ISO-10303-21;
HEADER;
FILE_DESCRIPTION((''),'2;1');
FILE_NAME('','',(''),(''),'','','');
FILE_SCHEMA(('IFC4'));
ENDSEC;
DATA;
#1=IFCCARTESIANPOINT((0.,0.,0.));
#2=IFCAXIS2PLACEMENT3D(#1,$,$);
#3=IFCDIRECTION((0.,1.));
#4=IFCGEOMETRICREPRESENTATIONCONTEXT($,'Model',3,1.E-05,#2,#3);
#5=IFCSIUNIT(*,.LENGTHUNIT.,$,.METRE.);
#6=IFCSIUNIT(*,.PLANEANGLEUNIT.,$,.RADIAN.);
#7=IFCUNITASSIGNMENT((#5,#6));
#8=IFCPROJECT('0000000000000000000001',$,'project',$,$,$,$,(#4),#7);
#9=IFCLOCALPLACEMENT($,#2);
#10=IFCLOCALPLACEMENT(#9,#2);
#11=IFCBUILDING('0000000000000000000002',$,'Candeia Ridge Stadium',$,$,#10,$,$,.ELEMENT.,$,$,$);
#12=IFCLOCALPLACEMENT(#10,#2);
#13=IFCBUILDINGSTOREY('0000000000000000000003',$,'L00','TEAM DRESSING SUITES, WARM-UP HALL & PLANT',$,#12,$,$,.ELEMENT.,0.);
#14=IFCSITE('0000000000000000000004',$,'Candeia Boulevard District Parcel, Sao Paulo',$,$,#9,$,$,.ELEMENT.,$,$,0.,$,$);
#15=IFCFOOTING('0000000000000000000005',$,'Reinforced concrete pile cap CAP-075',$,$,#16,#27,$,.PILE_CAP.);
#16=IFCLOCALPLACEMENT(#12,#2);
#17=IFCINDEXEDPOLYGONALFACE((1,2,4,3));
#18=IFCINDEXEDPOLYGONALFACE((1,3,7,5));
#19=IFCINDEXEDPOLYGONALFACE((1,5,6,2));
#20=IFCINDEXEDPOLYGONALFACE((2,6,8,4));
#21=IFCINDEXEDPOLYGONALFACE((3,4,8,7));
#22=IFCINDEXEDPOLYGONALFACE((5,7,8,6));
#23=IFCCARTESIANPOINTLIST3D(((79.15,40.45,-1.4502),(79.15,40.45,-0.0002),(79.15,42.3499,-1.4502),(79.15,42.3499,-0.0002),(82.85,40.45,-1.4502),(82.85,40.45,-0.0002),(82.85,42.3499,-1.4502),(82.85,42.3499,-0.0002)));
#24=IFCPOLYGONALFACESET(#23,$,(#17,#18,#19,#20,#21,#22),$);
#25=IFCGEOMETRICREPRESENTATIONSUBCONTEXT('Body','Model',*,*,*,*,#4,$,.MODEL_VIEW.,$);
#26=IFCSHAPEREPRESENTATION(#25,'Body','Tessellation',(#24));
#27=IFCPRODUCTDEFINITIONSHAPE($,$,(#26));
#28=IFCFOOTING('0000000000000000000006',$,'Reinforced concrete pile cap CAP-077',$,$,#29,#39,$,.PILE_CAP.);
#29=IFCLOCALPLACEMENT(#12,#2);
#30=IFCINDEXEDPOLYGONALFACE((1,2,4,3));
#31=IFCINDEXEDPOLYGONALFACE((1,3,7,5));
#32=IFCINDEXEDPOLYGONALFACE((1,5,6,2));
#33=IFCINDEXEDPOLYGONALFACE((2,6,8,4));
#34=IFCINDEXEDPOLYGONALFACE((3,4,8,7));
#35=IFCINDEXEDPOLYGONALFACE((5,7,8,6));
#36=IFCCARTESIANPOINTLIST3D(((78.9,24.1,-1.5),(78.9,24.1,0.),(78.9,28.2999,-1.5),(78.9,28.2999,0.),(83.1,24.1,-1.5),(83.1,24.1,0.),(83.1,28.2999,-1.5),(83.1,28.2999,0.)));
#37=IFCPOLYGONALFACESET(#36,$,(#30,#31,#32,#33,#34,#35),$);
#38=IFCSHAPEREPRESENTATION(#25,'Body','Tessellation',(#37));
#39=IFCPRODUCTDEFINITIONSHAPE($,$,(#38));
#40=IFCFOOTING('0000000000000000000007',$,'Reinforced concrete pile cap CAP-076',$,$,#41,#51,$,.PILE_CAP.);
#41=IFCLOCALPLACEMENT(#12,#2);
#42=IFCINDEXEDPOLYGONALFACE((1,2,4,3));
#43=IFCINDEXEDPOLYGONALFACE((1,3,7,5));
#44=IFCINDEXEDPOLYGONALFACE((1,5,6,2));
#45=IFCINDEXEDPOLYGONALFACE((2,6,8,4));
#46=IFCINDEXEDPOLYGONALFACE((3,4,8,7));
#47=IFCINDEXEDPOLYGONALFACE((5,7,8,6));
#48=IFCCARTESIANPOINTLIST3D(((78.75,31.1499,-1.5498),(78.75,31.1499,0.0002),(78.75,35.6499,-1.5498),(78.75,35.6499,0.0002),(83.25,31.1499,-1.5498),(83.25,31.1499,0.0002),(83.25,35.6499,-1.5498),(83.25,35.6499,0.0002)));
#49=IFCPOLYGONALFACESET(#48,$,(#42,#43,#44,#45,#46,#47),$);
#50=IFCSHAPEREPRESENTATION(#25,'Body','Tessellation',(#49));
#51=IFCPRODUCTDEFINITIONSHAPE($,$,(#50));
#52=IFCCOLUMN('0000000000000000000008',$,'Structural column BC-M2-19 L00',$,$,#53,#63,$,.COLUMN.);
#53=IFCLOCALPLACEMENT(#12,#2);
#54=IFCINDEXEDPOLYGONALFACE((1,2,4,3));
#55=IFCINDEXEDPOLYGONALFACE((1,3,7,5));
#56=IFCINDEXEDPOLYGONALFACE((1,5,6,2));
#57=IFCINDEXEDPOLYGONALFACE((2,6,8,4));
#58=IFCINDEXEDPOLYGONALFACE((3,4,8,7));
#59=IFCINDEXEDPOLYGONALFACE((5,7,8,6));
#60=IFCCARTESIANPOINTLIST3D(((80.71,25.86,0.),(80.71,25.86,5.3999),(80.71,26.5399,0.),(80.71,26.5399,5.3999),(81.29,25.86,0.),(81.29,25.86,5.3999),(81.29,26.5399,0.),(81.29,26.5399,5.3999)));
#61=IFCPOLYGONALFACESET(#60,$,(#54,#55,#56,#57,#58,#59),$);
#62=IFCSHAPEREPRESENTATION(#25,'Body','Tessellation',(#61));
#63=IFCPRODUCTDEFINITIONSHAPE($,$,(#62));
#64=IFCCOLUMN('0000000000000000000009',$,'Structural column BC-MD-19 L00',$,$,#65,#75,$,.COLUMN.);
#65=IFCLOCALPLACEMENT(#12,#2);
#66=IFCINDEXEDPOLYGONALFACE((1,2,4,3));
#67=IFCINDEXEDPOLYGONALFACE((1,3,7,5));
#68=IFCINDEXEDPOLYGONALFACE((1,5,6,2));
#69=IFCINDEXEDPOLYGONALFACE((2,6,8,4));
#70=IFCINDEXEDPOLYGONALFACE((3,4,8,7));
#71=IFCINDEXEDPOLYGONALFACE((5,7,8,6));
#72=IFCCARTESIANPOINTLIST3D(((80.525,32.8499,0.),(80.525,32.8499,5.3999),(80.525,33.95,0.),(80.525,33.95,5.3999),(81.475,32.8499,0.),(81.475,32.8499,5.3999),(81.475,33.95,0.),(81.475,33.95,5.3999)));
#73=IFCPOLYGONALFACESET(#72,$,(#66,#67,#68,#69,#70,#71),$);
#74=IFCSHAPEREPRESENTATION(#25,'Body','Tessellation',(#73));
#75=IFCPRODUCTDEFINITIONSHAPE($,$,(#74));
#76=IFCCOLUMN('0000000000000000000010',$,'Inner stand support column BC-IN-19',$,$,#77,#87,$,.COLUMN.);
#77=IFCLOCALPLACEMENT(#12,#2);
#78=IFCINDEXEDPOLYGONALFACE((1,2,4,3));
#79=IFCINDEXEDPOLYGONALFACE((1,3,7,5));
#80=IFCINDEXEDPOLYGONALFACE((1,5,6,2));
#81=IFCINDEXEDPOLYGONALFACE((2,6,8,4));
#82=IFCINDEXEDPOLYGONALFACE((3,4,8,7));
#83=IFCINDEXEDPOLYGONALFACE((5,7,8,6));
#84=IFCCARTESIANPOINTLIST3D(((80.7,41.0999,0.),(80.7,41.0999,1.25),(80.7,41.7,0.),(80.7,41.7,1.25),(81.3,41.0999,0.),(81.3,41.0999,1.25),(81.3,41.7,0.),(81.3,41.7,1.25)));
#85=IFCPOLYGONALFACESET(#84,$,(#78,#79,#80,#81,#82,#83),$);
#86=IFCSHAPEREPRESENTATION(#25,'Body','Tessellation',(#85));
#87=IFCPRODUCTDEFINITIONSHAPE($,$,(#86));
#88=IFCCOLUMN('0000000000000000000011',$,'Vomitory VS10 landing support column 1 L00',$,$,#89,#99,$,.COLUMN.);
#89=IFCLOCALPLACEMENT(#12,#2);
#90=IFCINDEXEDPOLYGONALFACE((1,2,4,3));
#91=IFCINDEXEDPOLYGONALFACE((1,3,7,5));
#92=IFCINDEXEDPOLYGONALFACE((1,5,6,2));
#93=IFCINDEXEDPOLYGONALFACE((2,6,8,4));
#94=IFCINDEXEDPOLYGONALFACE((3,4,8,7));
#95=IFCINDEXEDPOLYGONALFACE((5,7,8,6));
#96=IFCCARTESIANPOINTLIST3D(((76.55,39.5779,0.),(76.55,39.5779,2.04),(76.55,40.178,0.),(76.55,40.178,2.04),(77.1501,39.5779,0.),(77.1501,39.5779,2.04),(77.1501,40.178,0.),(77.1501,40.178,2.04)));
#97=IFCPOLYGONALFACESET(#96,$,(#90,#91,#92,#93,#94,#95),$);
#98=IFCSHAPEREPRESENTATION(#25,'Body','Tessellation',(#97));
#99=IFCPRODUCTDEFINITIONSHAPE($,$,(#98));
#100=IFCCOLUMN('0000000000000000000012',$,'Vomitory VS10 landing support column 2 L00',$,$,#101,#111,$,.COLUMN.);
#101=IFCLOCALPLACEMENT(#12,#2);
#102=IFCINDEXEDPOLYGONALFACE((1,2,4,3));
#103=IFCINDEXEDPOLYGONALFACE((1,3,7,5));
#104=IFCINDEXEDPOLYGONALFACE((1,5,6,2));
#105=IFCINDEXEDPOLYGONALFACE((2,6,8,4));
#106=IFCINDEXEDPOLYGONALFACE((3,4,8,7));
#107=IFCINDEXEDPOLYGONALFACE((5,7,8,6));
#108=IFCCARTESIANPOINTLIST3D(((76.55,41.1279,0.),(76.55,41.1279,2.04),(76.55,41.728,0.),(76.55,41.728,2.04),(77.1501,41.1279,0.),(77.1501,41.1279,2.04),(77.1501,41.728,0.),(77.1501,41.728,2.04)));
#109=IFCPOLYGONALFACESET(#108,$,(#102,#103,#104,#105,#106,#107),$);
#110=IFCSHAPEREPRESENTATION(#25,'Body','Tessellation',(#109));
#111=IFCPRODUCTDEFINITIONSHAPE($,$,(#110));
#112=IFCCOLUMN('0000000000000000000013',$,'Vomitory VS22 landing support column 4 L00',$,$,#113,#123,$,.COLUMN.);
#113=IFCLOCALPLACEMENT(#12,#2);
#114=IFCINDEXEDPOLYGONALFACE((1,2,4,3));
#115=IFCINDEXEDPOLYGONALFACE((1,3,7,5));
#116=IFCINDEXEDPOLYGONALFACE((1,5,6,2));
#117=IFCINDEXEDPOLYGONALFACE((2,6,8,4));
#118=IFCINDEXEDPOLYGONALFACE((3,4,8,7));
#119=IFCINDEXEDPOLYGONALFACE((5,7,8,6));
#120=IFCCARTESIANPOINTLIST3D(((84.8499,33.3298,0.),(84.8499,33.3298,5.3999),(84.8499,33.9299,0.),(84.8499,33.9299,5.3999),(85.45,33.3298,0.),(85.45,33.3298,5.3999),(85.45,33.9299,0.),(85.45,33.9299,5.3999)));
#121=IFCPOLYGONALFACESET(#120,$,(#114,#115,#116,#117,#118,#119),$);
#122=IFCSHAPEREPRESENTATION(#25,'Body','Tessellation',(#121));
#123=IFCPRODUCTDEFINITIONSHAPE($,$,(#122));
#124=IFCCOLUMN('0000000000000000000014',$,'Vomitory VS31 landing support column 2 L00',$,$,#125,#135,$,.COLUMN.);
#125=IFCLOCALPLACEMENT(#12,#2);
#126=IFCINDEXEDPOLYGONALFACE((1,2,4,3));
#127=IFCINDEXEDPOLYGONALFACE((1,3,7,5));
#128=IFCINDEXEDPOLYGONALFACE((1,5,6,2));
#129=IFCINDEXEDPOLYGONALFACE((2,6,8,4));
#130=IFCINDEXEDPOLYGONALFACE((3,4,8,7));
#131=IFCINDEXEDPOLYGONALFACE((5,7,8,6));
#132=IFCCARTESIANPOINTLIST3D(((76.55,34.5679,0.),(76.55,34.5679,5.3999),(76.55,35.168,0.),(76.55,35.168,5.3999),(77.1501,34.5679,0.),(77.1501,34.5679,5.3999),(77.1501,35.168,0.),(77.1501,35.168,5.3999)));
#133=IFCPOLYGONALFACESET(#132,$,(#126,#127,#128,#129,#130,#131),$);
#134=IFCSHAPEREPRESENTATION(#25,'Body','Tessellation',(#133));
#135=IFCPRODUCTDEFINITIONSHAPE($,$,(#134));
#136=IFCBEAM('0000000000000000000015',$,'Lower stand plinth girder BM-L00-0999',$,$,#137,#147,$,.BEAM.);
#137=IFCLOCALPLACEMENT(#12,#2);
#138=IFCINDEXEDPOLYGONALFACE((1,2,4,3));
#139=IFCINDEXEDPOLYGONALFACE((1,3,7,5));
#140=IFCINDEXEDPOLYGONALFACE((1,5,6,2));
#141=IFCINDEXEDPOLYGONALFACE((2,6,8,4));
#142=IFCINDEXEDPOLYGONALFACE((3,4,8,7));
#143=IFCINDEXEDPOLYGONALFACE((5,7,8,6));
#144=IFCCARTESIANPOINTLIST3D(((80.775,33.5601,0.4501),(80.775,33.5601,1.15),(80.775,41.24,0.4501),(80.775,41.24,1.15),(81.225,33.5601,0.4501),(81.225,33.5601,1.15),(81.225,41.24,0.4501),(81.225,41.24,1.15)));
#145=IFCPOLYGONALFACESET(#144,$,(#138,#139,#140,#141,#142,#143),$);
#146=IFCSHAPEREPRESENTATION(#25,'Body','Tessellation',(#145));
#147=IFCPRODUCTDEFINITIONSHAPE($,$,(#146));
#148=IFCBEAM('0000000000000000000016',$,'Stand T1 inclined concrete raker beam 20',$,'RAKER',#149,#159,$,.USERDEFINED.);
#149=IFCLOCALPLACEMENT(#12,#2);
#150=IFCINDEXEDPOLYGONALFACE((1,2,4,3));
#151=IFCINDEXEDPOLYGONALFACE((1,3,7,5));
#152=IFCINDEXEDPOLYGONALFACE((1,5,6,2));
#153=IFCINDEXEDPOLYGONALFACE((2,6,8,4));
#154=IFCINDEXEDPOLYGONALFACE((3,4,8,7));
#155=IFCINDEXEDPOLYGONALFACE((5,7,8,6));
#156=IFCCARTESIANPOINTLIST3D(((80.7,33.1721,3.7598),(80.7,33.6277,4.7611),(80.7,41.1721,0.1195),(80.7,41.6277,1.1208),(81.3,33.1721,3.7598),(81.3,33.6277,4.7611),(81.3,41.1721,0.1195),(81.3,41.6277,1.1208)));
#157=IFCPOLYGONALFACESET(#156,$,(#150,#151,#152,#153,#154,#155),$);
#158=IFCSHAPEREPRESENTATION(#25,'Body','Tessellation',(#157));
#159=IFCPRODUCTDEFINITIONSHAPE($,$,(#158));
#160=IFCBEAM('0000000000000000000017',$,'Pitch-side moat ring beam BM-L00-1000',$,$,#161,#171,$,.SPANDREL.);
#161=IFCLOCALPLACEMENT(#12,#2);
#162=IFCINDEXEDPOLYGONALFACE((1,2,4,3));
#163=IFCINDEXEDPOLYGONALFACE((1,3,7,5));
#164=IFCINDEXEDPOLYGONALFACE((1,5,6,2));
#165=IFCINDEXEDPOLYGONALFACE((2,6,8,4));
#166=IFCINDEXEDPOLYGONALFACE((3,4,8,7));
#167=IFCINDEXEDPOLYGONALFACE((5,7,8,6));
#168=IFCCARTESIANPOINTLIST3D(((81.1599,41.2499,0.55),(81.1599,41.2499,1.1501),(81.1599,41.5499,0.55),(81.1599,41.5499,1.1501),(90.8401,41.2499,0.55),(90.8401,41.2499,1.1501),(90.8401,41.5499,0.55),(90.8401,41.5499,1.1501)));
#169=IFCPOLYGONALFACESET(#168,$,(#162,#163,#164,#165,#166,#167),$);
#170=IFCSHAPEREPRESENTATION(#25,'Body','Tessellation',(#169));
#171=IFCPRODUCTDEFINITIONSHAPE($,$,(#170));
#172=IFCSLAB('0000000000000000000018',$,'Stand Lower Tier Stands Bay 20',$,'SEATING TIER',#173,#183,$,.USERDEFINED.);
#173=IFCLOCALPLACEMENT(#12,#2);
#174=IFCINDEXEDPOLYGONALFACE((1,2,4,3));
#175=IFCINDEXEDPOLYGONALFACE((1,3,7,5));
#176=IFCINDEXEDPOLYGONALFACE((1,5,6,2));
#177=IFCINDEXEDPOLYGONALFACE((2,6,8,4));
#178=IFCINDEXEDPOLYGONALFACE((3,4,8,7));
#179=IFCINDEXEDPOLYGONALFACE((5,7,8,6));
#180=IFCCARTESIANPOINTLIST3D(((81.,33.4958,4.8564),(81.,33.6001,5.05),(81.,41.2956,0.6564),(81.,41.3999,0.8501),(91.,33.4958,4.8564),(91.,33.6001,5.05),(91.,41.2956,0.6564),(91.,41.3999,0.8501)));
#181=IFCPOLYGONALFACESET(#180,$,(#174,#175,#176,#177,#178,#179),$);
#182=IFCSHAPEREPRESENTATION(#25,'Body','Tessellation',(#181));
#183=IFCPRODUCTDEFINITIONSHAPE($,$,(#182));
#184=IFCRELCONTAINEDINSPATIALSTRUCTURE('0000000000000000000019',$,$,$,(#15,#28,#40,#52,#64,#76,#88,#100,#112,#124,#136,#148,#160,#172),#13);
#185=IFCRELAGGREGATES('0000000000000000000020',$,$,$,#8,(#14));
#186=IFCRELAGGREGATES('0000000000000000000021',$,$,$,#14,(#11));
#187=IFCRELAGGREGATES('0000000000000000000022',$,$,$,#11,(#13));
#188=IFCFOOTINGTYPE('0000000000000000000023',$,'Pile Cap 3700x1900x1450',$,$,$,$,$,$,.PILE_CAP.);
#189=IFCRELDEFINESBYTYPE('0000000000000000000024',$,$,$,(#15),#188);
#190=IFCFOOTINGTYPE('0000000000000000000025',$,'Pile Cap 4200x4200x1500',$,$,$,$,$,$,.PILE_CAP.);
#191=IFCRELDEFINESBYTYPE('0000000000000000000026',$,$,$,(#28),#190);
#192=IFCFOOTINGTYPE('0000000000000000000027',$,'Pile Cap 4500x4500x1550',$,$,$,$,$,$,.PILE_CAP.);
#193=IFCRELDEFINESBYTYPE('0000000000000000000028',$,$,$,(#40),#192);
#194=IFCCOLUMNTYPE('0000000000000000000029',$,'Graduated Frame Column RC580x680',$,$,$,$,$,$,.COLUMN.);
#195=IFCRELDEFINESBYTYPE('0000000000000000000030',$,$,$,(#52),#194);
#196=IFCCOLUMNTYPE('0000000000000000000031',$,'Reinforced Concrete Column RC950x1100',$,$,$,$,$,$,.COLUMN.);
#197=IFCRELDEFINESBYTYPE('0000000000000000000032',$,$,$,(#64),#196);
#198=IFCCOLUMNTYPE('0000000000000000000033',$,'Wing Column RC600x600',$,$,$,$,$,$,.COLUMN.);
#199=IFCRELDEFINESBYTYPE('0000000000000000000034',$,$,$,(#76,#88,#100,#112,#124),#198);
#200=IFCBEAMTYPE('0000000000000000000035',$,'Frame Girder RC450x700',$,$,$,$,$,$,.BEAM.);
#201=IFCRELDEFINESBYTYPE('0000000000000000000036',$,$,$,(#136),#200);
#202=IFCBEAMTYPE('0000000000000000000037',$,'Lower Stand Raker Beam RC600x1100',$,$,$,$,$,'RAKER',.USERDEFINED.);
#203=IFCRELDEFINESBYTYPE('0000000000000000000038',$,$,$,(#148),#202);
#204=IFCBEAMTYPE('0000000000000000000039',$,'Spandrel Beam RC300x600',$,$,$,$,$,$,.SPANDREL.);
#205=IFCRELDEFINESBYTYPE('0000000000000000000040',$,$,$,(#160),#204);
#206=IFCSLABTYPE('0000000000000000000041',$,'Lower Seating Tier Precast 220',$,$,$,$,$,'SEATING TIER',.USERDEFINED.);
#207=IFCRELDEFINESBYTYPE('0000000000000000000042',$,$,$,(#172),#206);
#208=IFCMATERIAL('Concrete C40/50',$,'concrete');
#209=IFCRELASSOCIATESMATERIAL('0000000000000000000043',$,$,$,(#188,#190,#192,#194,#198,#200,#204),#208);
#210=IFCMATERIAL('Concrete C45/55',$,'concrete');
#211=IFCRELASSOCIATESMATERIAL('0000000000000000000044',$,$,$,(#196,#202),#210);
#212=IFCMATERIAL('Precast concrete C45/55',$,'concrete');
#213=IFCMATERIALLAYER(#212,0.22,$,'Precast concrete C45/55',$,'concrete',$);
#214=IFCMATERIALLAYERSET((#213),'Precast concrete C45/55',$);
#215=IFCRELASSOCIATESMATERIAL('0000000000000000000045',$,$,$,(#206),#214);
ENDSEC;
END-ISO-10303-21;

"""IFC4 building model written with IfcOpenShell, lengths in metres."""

from ifc_helpers import new_model, si_unit, direction, frame, origin, origin_2d, place, context, subcontext, project, spatial, polyline, rectangle, outline, extrude, material, layer, layer_set, material_profile, profile_set, type_object, element, save


model = new_model("IFC4")

# Units and contexts
model_context = context("Model", 3, precision=1e-05, world=origin(), true_north=direction((0.0, 1.0)))
body_context = subcontext(model_context, "Body", "Model", "MODEL_VIEW")
ifc_project = project(units=[si_unit("LENGTHUNIT", "METRE"), si_unit("PLANEANGLEUNIT", "RADIAN")], contexts=[model_context])

# Site, building, storey
site_placement = place(None, origin())
site = spatial("IfcSite", under=ifc_project, at=site_placement, Name="Candeia Boulevard District Parcel, Sao Paulo", CompositionType="ELEMENT", RefElevation=0.0)
building_placement = place(site_placement, origin())
building = spatial("IfcBuilding", under=site, at=building_placement, Name="Candeia Ridge Stadium", CompositionType="ELEMENT")
storey_placement = place(building_placement, origin())
storey = spatial("IfcBuildingStorey", under=building, at=storey_placement, Name="L00", Description="TEAM DRESSING SUITES, WARM-UP HALL & PLANT", CompositionType="ELEMENT", Elevation=0.0)

# Shared definitions
ifc_material_1 = material(Name="Concrete C40/50", Category="concrete")

# Footings
footing_type_1 = type_object("IfcFootingType", Name="Pile Cap 3700x1900x1450", PredefinedType="PILE_CAP", material=ifc_material_1)
footing_1_placement = place(storey_placement, frame((81.0, 41.3999, -1.4502), z_axis=(0.0, 0.0, 1.0), x_axis=(1.0, 0.0, 0.0)))
element("IfcFooting", 1, at=footing_1_placement, inside=storey, type_object=footing_type_1, Name="Reinforced concrete pile cap CAP-075", PredefinedType="PILE_CAP", context=body_context, shape_type="SweptSolid", body=[
    extrude(rectangle(XDim=3.7, YDim=1.8999, at=origin_2d()), origin(), (0.0, 0.0, 1.0), 1.45),
])
footing_type_2 = type_object("IfcFootingType", Name="Pile Cap 4200x4200x1500", PredefinedType="PILE_CAP", material=ifc_material_1)
footing_2_placement = place(storey_placement, frame((81.0, 26.2, -1.5), z_axis=(0.0, 0.0, 1.0), x_axis=(1.0, 0.0, 0.0)))
element("IfcFooting", 2, at=footing_2_placement, inside=storey, type_object=footing_type_2, Name="Reinforced concrete pile cap CAP-077", PredefinedType="PILE_CAP", context=body_context, shape_type="SweptSolid", body=[
    extrude(rectangle(XDim=4.2, YDim=4.2, at=origin_2d()), origin(), (0.0, 0.0, 1.0), 1.5),
])
footing_type_3 = type_object("IfcFootingType", Name="Pile Cap 4500x4500x1550", PredefinedType="PILE_CAP", material=ifc_material_1)
footing_3_placement = place(storey_placement, frame((81.0, 33.3999, -1.5498), z_axis=(0.0, 0.0, 1.0), x_axis=(1.0, 0.0, 0.0)))
element("IfcFooting", 3, at=footing_3_placement, inside=storey, type_object=footing_type_3, Name="Reinforced concrete pile cap CAP-076", PredefinedType="PILE_CAP", context=body_context, shape_type="SweptSolid", body=[
    extrude(rectangle(XDim=4.5, YDim=4.5, at=origin_2d()), origin(), (0.0, 0.0, 1.0), 1.55),
])

# Columns
ifc_material_profile_1 = material_profile(ifc_material_1, rectangle(XDim=0.5801, YDim=0.6799, at=origin_2d()), Name="RC580x680", Category="concrete")
ifc_profile_set_1 = profile_set([ifc_material_profile_1], Name="Concrete C40/50")
column_type_1 = type_object("IfcColumnType", Name="Graduated Frame Column RC580x680", PredefinedType="COLUMN", material=ifc_profile_set_1)
column_1_placement = place(storey_placement, frame((81.0, 26.2, 0.0), z_axis=(0.0, 0.0, 1.0), x_axis=(1.0, 0.0, 0.0)))
element("IfcColumn", 4, at=column_1_placement, inside=storey, type_object=column_type_1, Name="Structural column BC-M2-19 L00", PredefinedType="COLUMN", context=body_context, shape_type="SweptSolid", body=[
    extrude(rectangle(XDim=0.5801, YDim=0.6799, at=origin_2d()), origin(), (0.0, 0.0, 1.0), 5.3999),
])
ifc_material_2 = material(Name="Concrete C45/55", Category="concrete")
ifc_material_profile_2 = material_profile(ifc_material_2, rectangle(XDim=0.95, YDim=1.1001, at=origin_2d()), Name="RC950x1100", Category="concrete")
ifc_profile_set_2 = profile_set([ifc_material_profile_2], Name="Concrete C45/55")
column_type_2 = type_object("IfcColumnType", Name="Reinforced Concrete Column RC950x1100", PredefinedType="COLUMN", material=ifc_profile_set_2)
column_2_placement = place(storey_placement, frame((81.0, 33.3999, 0.0), z_axis=(0.0, 0.0, 1.0), x_axis=(1.0, 0.0, 0.0)))
element("IfcColumn", 5, at=column_2_placement, inside=storey, type_object=column_type_2, Name="Structural column BC-MD-19 L00", PredefinedType="COLUMN", context=body_context, shape_type="SweptSolid", body=[
    extrude(rectangle(XDim=0.95, YDim=1.1001, at=origin_2d()), origin(), (0.0, 0.0, 1.0), 5.3999),
])
ifc_material_profile_3 = material_profile(ifc_material_1, rectangle(XDim=0.6001, YDim=0.6001, at=origin_2d()), Name="RC600x600", Category="concrete")
ifc_profile_set_3 = profile_set([ifc_material_profile_3], Name="Concrete C40/50")
column_type_3 = type_object("IfcColumnType", Name="Wing Column RC600x600", PredefinedType="COLUMN", material=ifc_profile_set_3)
column_3_placement = place(storey_placement, frame((81.0, 41.3999, 0.0), z_axis=(0.0, 0.0, 1.0), x_axis=(1.0, 0.0, 0.0)))
element("IfcColumn", 6, at=column_3_placement, inside=storey, type_object=column_type_3, Name="Inner stand support column BC-IN-19", PredefinedType="COLUMN", context=body_context, shape_type="SweptSolid", body=[
    extrude(rectangle(XDim=0.6001, YDim=0.6001, at=origin_2d()), origin(), (0.0, 0.0, 1.0), 1.25),
])
for number, where, z_axis, x_axis, name in (
    (7, (76.8501, 39.8779, 0.0), (0.0, 0.0, 1.0), (1.0, 0.0, 0.0), "Vomitory VS10 landing support column 1 L00"),
    (8, (76.8501, 41.428, 0.0), (0.0, 0.0, 1.0), (1.0, 0.0, 0.0), "Vomitory VS10 landing support column 2 L00"),
):
    element("IfcColumn", number, at=place(storey_placement, frame(where, z_axis=z_axis, x_axis=x_axis)), inside=storey, type_object=column_type_3, Name=name, PredefinedType="COLUMN", context=body_context, shape_type="SweptSolid", body=[
        extrude(rectangle(XDim=0.6001, YDim=0.6001, at=origin_2d()), origin(), (0.0, 0.0, 1.0), 2.04),
    ])
for number, where, z_axis, x_axis, name in (
    (9, (85.1499, 33.6299, 0.0), (0.0, 0.0, 1.0), (1.0, 0.0, 0.0), "Vomitory VS22 landing support column 4 L00"),
    (10, (76.8501, 34.8679, 0.0), (0.0, 0.0, 1.0), (1.0, 0.0, 0.0), "Vomitory VS31 landing support column 2 L00"),
):
    element("IfcColumn", number, at=place(storey_placement, frame(where, z_axis=z_axis, x_axis=x_axis)), inside=storey, type_object=column_type_3, Name=name, PredefinedType="COLUMN", context=body_context, shape_type="SweptSolid", body=[
        extrude(rectangle(XDim=0.6001, YDim=0.6001, at=origin_2d()), origin(), (0.0, 0.0, 1.0), 5.3999),
    ])

# Beams
ifc_material_profile_4 = material_profile(ifc_material_1, rectangle(XDim=0.45, YDim=0.7, at=origin_2d()), Name="RC450x700", Category="concrete")
ifc_profile_set_4 = profile_set([ifc_material_profile_4], Name="Concrete C40/50")
beam_type_1 = type_object("IfcBeamType", Name="Frame Girder RC450x700", PredefinedType="BEAM", material=ifc_profile_set_4)
beam_1_placement = place(storey_placement, frame((81.0, 41.24, 0.8), z_axis=(0.0, -1.0, 0.0), x_axis=(1.0, 0.0, 0.0)))
element("IfcBeam", 11, at=beam_1_placement, inside=storey, type_object=beam_type_1, Name="Lower stand plinth girder BM-L00-0999", PredefinedType="BEAM", context=body_context, shape_type="SweptSolid", body=[
    extrude(rectangle(XDim=0.45, YDim=0.7, at=origin_2d()), origin(), (0.0, 0.0, 1.0), 7.6799),
])
ifc_material_profile_5 = material_profile(ifc_material_2, rectangle(XDim=0.6001, YDim=1.1001, at=origin_2d()), Name="RC600x1100", Category="concrete")
ifc_profile_set_5 = profile_set([ifc_material_profile_5], Name="Concrete C45/55")
beam_type_2 = type_object("IfcBeamType", Name="Lower Stand Raker Beam RC600x1100", ElementType="RAKER", PredefinedType="USERDEFINED", material=ifc_profile_set_5)
beam_2_placement = place(storey_placement, frame((81.0, 41.3999, 0.6201), z_axis=(0.0, -0.910194, 0.414182), x_axis=(1.0, 0.0, 0.0)))
element("IfcBeam", 12, at=beam_2_placement, inside=storey, type_object=beam_type_2, Name="Stand T1 inclined concrete raker beam 20", ObjectType="RAKER", PredefinedType="USERDEFINED", context=body_context, shape_type="SweptSolid", body=[
    extrude(rectangle(XDim=0.6001, YDim=1.1001, at=origin_2d()), origin(), (0.0, 0.0, 1.0), 8.7893),
])
ifc_material_profile_6 = material_profile(ifc_material_1, rectangle(XDim=0.3, YDim=0.6001, at=origin_2d()), Name="RC300x600", Category="concrete")
ifc_profile_set_6 = profile_set([ifc_material_profile_6], Name="Concrete C40/50")
beam_type_3 = type_object("IfcBeamType", Name="Spandrel Beam RC300x600", PredefinedType="SPANDREL", material=ifc_profile_set_6)
beam_3_placement = place(storey_placement, frame((81.1599, 41.3999, 0.8501), z_axis=(1.0, 0.0, 0.0), x_axis=(0.0, 1.0, 0.0)))
element("IfcBeam", 13, at=beam_3_placement, inside=storey, type_object=beam_type_3, Name="Pitch-side moat ring beam BM-L00-1000", PredefinedType="SPANDREL", context=body_context, shape_type="SweptSolid", body=[
    extrude(rectangle(XDim=0.3, YDim=0.6001, at=origin_2d()), origin(), (0.0, 0.0, 1.0), 9.6802),
])

# Slab
ifc_material_3 = material(Name="Precast concrete C45/55", Category="concrete")
ifc_layer_1 = layer(ifc_material_3, 0.22, Name="Precast concrete C45/55", Category="concrete")
ifc_layer_set_1 = layer_set([ifc_layer_1], Name="Precast concrete C45/55")
slab_type = type_object("IfcSlabType", Name="Lower Seating Tier Precast 220", ElementType="SEATING TIER", PredefinedType="USERDEFINED", material=ifc_layer_set_1)
slab_placement = place(storey_placement, frame((81.0, 41.3999, 0.8501), z_axis=(0.0, 0.474105, 0.880468), x_axis=(1.0, 0.0, 0.0)))
element("IfcSlab", 14, at=slab_placement, inside=storey, type_object=slab_type, Name="Stand Lower Tier Stands Bay 20", ObjectType="SEATING TIER", PredefinedType="USERDEFINED", context=body_context, shape_type="SweptSolid", body=[
    extrude(outline(polyline([(0.0, 0.0), (10.0, 0.0), (10.0, -8.8587), (0.0, -8.8587), (0.0, 0.0)])), origin(), (0.0, 0.0, -1.0), 0.22),
])

save(model, "model.ifc")
